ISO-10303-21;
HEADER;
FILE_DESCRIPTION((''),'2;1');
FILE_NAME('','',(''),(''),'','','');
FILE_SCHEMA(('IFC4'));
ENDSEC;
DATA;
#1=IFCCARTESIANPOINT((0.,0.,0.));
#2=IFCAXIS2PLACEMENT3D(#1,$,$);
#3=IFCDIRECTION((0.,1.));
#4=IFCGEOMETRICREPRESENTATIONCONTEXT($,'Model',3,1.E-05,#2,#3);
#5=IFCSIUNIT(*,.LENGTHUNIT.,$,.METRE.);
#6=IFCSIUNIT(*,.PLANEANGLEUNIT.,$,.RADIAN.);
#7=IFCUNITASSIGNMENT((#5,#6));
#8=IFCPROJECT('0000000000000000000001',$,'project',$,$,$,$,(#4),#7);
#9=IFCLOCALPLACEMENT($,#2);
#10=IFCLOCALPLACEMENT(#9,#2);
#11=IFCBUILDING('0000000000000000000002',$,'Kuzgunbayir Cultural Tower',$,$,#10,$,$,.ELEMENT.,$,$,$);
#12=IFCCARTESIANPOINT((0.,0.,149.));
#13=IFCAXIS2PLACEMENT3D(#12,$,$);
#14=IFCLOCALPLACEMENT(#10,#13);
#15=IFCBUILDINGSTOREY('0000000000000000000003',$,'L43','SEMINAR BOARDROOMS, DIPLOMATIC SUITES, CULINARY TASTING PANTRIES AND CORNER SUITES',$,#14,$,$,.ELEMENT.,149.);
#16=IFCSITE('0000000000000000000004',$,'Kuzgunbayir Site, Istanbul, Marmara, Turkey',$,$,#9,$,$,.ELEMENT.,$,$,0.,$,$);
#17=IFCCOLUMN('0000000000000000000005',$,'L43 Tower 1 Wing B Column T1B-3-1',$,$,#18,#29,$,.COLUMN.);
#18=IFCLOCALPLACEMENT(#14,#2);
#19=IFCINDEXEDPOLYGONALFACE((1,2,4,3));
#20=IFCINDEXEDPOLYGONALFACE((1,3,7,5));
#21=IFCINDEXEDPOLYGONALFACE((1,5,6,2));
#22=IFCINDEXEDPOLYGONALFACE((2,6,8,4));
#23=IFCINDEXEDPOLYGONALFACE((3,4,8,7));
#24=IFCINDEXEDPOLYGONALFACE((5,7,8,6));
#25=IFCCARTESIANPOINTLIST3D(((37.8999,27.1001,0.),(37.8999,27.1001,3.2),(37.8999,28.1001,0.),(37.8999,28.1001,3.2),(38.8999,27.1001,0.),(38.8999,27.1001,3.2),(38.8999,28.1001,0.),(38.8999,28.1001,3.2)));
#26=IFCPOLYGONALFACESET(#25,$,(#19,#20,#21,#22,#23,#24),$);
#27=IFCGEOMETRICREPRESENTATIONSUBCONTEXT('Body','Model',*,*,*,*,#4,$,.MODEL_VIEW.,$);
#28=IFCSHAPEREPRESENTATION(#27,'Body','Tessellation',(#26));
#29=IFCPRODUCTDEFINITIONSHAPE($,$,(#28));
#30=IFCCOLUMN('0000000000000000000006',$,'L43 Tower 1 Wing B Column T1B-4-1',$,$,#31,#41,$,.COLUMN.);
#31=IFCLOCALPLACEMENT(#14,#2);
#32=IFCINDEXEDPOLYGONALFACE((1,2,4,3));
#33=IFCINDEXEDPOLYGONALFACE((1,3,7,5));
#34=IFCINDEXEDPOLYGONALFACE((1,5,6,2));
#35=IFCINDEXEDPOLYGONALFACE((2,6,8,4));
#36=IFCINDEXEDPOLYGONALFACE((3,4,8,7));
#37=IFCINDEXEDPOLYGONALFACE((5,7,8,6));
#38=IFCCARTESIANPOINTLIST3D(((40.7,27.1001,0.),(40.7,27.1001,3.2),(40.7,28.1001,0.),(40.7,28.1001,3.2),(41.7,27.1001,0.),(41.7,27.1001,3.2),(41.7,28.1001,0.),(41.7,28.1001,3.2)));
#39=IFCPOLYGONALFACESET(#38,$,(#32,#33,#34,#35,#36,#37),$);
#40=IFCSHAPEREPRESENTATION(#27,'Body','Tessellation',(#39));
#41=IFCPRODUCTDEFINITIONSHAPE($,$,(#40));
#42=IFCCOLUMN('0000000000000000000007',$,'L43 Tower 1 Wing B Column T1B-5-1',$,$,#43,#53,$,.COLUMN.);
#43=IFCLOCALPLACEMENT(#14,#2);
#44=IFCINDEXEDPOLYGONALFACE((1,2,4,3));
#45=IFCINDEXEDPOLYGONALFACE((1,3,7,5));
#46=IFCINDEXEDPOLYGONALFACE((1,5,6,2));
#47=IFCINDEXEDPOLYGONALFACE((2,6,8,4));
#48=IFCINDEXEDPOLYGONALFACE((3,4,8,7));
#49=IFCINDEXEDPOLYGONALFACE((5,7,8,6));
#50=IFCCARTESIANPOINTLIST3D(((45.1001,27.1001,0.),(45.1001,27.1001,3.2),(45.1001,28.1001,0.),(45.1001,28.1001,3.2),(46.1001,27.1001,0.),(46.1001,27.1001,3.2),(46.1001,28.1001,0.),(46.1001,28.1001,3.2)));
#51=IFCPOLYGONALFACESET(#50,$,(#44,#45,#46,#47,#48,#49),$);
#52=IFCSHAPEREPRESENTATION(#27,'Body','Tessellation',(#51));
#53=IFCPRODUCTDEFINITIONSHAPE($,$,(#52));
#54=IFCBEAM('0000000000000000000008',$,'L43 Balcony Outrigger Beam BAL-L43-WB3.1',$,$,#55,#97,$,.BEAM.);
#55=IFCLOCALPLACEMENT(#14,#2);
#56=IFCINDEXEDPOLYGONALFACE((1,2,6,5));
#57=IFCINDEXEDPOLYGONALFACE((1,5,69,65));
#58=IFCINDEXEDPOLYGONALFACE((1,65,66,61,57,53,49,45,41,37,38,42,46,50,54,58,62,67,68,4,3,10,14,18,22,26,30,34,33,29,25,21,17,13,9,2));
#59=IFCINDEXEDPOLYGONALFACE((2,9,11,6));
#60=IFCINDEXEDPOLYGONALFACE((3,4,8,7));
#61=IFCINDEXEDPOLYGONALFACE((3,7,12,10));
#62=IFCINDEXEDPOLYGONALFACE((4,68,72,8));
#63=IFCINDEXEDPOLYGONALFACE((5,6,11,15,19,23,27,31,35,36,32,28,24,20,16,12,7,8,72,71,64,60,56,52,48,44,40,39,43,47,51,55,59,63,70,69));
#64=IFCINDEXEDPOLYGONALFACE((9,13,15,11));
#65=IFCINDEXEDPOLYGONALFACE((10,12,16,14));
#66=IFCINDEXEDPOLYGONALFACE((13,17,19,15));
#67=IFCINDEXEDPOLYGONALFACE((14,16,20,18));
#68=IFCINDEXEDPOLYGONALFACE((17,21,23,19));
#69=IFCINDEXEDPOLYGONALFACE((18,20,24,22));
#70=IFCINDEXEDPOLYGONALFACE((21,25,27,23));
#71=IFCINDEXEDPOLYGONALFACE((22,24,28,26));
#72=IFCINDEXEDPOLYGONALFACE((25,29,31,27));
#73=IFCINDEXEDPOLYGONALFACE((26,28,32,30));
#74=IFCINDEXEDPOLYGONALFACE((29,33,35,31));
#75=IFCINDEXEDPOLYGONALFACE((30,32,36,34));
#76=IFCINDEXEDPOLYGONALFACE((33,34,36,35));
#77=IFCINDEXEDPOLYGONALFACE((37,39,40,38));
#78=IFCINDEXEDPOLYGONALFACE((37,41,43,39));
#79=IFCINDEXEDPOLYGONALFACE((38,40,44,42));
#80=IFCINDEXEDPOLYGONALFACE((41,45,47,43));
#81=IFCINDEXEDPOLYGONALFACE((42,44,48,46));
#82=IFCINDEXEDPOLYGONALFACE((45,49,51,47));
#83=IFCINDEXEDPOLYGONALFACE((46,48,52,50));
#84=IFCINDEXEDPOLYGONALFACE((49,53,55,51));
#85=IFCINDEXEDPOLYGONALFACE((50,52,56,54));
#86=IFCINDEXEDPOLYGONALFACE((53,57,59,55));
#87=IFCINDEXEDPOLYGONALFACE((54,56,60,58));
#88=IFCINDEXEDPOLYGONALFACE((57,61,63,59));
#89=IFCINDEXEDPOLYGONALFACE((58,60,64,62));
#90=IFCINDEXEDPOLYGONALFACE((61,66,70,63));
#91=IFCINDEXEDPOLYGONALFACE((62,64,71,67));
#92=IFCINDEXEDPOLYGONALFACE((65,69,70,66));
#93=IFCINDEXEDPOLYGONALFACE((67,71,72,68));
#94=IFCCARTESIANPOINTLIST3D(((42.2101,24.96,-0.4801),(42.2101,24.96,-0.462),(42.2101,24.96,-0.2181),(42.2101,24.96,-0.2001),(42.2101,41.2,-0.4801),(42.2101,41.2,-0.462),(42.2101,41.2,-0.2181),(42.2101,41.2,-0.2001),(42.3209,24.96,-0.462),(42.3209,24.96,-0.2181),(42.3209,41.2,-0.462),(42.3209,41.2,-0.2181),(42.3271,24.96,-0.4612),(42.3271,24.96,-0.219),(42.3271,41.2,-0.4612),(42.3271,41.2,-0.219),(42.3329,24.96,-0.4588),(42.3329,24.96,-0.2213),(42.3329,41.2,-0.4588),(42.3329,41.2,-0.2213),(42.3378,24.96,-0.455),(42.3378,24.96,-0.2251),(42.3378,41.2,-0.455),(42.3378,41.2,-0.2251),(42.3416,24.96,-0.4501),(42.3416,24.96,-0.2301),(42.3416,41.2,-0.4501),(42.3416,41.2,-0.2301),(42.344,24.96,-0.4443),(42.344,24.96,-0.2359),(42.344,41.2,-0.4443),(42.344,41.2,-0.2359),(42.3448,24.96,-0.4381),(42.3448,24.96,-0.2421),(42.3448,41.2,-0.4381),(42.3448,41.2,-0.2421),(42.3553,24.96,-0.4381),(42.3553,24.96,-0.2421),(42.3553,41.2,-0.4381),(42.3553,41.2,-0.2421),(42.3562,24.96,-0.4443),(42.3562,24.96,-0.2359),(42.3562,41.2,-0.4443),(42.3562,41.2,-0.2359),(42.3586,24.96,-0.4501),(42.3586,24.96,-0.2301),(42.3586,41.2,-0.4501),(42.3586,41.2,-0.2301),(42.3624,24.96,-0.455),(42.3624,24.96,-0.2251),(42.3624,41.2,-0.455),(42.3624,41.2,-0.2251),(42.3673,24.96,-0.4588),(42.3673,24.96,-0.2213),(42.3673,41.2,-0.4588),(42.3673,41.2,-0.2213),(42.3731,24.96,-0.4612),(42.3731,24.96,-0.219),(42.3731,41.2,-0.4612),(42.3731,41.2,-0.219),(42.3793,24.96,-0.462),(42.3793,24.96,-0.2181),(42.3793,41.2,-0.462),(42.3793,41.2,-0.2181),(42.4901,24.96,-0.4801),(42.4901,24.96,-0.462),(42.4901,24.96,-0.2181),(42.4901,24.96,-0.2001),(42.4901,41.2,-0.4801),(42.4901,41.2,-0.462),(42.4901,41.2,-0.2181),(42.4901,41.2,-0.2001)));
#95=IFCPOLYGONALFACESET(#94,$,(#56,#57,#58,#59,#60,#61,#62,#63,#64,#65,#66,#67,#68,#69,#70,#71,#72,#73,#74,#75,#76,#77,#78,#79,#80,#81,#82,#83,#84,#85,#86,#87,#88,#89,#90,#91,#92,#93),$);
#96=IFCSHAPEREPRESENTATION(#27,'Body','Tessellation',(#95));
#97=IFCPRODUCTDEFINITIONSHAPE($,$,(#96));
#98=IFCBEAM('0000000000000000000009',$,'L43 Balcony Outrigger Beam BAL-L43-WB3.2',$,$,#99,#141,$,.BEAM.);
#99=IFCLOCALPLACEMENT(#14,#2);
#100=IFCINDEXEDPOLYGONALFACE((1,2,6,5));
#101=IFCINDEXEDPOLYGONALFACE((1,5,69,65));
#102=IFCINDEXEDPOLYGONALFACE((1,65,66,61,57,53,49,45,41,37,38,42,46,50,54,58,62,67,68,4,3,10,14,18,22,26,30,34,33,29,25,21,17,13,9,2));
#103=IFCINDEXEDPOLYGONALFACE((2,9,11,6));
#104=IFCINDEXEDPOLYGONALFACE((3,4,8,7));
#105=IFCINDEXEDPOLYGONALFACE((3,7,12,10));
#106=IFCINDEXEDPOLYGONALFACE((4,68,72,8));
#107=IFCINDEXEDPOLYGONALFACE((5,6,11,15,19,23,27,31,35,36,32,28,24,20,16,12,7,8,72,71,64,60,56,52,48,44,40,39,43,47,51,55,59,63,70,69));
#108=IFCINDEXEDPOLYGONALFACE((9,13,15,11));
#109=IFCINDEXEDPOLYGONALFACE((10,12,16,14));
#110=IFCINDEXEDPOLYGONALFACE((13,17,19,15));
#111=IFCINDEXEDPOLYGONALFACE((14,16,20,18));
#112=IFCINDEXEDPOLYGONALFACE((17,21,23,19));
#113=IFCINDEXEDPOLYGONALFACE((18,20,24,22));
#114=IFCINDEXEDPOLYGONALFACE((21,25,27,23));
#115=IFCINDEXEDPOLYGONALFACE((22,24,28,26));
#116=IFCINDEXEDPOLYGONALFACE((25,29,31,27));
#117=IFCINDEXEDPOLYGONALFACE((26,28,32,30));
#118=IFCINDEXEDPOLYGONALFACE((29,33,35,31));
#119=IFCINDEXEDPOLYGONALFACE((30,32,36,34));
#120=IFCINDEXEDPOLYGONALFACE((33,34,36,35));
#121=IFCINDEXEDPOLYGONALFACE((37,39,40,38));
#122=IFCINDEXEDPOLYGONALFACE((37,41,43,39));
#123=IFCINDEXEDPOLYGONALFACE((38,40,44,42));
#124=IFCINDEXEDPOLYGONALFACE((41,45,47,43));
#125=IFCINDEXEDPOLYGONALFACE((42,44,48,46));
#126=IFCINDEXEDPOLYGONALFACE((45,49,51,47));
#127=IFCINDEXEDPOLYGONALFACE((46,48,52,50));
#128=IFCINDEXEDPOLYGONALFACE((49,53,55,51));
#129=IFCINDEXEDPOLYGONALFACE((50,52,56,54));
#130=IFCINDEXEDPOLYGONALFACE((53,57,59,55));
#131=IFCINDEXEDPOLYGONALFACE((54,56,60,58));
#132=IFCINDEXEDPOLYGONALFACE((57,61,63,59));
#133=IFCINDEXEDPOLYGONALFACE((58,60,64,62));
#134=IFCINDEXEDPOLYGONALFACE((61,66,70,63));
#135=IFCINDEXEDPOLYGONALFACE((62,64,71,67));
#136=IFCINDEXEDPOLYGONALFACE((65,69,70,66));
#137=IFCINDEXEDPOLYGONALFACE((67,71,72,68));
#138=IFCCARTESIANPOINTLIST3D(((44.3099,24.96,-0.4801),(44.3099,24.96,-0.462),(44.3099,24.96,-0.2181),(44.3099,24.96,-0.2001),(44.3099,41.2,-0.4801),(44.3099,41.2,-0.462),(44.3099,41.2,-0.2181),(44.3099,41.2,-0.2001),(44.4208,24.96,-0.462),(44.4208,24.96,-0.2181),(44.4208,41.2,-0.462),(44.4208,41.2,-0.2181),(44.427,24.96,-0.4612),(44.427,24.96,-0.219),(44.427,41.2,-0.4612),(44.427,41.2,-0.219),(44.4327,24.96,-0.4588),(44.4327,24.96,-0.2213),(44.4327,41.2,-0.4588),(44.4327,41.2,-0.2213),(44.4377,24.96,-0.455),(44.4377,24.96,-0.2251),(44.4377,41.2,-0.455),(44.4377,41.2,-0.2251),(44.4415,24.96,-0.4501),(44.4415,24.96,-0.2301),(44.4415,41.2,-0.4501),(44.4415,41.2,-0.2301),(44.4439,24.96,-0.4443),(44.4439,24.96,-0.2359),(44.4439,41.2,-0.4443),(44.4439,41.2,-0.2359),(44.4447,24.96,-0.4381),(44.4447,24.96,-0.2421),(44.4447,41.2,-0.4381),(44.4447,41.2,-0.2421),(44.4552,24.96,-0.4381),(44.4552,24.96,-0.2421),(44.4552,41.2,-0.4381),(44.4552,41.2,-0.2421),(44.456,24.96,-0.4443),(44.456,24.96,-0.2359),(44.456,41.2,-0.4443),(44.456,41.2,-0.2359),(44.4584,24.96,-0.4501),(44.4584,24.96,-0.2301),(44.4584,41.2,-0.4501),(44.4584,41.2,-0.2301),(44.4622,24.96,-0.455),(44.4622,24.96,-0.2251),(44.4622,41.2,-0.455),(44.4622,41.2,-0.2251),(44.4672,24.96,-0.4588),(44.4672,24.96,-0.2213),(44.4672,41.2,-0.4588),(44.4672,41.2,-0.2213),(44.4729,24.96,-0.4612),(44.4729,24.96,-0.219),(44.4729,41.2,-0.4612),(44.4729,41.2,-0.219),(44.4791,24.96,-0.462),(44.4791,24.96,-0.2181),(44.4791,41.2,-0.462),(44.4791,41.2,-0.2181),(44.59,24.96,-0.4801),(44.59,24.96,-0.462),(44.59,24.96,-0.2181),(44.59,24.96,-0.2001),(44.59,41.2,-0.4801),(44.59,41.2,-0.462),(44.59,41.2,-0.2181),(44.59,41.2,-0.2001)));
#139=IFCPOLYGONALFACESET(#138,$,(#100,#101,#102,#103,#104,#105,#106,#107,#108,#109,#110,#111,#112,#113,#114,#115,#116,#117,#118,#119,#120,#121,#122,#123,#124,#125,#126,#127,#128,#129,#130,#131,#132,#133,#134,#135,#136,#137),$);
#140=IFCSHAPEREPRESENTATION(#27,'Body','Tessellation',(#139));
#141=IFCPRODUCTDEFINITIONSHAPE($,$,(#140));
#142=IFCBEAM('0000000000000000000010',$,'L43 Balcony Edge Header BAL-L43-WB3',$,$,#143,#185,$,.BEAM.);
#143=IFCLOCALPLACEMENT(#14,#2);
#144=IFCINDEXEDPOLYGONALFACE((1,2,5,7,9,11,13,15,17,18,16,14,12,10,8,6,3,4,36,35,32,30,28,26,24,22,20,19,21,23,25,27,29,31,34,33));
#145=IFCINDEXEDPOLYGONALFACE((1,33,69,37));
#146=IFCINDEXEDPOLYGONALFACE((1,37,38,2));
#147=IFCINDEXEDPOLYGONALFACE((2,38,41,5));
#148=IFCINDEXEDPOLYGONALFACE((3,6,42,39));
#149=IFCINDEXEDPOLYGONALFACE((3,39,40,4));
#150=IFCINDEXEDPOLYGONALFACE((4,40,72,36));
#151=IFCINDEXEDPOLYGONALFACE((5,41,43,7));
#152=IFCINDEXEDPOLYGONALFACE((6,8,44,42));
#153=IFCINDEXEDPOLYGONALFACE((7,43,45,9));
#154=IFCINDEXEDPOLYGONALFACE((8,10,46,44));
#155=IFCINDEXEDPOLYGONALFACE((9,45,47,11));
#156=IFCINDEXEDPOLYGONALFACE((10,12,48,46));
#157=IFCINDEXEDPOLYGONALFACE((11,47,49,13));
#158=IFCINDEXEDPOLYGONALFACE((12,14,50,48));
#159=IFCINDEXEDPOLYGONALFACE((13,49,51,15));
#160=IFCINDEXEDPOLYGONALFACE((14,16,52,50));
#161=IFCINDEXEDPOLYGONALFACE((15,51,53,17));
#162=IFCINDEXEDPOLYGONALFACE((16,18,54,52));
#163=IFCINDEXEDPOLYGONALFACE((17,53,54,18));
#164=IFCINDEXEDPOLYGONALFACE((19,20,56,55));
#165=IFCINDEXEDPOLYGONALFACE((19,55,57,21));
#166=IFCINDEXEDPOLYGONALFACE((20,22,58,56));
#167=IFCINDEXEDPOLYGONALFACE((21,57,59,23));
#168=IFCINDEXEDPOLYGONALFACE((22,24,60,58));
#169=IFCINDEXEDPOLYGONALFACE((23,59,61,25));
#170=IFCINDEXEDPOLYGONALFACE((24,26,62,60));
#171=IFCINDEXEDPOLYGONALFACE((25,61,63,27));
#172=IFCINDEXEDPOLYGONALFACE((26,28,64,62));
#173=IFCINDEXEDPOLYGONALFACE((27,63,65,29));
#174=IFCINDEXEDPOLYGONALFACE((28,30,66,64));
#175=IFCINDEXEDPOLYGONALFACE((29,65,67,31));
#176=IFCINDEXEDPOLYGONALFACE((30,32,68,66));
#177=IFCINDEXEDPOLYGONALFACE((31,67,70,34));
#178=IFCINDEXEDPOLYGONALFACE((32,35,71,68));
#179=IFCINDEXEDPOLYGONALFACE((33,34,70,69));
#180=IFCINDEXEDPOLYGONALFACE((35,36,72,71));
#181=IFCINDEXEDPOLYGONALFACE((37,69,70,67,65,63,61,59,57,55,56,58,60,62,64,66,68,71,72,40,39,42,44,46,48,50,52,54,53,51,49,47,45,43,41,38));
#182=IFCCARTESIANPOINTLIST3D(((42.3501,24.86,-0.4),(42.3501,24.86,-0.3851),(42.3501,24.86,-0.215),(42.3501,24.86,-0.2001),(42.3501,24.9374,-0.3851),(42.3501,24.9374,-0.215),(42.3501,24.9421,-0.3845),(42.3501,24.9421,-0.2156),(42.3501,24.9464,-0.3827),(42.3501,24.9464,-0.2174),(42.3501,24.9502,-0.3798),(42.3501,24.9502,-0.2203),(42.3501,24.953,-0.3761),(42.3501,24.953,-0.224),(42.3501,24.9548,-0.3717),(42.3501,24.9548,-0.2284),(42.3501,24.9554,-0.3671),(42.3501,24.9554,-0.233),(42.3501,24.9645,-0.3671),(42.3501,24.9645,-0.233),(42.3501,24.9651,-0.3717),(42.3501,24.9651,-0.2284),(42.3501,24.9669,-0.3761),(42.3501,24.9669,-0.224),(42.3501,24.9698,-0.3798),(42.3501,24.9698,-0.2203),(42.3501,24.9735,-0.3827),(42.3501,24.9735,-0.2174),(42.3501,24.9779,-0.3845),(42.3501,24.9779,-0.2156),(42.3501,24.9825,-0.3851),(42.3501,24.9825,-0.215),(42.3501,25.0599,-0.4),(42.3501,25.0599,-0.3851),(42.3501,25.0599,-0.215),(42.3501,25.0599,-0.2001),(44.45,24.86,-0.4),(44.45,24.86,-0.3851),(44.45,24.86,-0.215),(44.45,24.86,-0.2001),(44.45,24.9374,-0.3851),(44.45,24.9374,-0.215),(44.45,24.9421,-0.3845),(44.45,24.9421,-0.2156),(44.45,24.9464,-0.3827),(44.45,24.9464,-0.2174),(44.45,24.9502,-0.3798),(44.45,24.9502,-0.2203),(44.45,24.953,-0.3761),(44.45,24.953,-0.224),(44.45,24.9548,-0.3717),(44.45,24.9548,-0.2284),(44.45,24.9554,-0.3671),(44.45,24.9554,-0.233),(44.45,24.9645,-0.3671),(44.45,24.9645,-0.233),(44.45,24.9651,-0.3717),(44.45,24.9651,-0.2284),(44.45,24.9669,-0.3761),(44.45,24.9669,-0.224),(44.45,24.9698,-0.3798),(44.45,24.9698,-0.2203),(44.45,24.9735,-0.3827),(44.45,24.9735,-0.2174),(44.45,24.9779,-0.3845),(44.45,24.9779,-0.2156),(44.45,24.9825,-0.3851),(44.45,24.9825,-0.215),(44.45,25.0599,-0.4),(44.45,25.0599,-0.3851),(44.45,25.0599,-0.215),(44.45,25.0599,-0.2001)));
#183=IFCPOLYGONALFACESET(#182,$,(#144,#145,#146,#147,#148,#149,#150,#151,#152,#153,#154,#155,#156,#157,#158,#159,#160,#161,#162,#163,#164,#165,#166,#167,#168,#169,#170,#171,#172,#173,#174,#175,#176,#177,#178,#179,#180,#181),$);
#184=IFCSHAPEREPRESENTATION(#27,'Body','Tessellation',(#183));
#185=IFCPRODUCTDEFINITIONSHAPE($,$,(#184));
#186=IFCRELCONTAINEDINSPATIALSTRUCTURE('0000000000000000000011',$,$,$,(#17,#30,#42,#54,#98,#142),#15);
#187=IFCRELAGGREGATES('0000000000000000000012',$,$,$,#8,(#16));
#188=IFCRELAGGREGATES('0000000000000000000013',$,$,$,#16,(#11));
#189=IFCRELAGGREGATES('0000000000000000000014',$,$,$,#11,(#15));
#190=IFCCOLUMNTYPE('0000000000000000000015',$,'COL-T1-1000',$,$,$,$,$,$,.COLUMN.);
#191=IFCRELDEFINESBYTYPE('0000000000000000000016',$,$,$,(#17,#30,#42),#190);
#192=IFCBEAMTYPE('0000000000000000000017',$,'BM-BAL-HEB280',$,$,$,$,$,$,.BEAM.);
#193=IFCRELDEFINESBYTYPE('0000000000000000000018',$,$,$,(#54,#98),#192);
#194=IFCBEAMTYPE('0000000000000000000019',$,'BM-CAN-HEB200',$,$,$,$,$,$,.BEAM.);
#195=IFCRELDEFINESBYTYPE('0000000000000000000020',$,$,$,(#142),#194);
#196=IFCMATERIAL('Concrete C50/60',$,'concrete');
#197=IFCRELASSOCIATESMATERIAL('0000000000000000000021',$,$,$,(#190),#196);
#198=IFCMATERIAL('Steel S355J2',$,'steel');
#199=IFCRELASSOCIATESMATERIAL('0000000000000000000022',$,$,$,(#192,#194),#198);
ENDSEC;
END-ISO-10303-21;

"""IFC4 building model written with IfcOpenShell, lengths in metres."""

from ifc_helpers import new_model, si_unit, direction, frame, origin, origin_2d, place, context, subcontext, project, spatial, rectangle, i_section, extrude, material, material_profile, profile_set, type_object, element, save


model = new_model("IFC4")

# Units and contexts
model_context = context("Model", 3, precision=1e-05, world=origin(), true_north=direction((0.0, 1.0)))
body_context = subcontext(model_context, "Body", "Model", "MODEL_VIEW")
ifc_project = project(units=[si_unit("LENGTHUNIT", "METRE"), si_unit("PLANEANGLEUNIT", "RADIAN")], contexts=[model_context])

# Site, building, storey
site_placement = place(None, origin())
site = spatial("IfcSite", under=ifc_project, at=site_placement, Name="Kuzgunbayir Site, Istanbul, Marmara, Turkey", CompositionType="ELEMENT", RefElevation=0.0)
building_placement = place(site_placement, origin())
building = spatial("IfcBuilding", under=site, at=building_placement, Name="Kuzgunbayir Cultural Tower", CompositionType="ELEMENT")
storey_placement = place(building_placement, frame((0.0, 0.0, 149.0)))
storey = spatial("IfcBuildingStorey", under=building, at=storey_placement, Name="L43", Description="SEMINAR BOARDROOMS, DIPLOMATIC SUITES, CULINARY TASTING PANTRIES AND CORNER SUITES", CompositionType="ELEMENT", Elevation=149.0)

# Columns
ifc_material_1 = material(Name="Concrete C50/60", Category="concrete")
ifc_material_profile_1 = material_profile(ifc_material_1, rectangle(XDim=1.0, YDim=1.0, at=origin_2d()), Name="RC 1000x1000")
ifc_profile_set_1 = profile_set([ifc_material_profile_1], Name="Concrete C50/60")
column_type = type_object("IfcColumnType", Name="COL-T1-1000", PredefinedType="COLUMN", material=ifc_profile_set_1)
for number, where, z_axis, x_axis, name in (
    (1, (38.3999, 27.6001, 0.0), (0.0, 0.0, 1.0), (1.0, 0.0, 0.0), "L43 Tower 1 Wing B Column T1B-3-1"),
    (2, (41.2, 27.6001, 0.0), (0.0, 0.0, 1.0), (1.0, 0.0, 0.0), "L43 Tower 1 Wing B Column T1B-4-1"),
    (3, (45.6001, 27.6001, 0.0), (0.0, 0.0, 1.0), (1.0, 0.0, 0.0), "L43 Tower 1 Wing B Column T1B-5-1"),
):
    element("IfcColumn", number, at=place(storey_placement, frame(where, z_axis=z_axis, x_axis=x_axis)), inside=storey, type_object=column_type, Name=name, PredefinedType="COLUMN", context=body_context, shape_type="SweptSolid", body=[
        extrude(rectangle(XDim=1.0, YDim=1.0, at=origin_2d()), origin(), (0.0, 0.0, 1.0), 3.2),
    ])

# Beams
ifc_material_2 = material(Name="Steel S355J2", Category="steel")
ifc_material_profile_2 = material_profile(ifc_material_2, i_section(OverallWidth=0.28, OverallDepth=0.28, WebThickness=0.0105, FlangeThickness=0.0181, FilletRadius=0.0239, at=origin_2d()), Name="HEB 280")
ifc_profile_set_2 = profile_set([ifc_material_profile_2], Name="Steel S355J2")
beam_type_1 = type_object("IfcBeamType", Name="BM-BAL-HEB280", PredefinedType="BEAM", material=ifc_profile_set_2)
for number, where, z_axis, x_axis, name in (
    (4, (42.3501, 24.96, -0.3401), (0.0, 1.0, 0.0), (-1.0, 0.0, 0.0), "L43 Balcony Outrigger Beam BAL-L43-WB3.1"),
    (5, (44.45, 24.96, -0.3401), (0.0, 1.0, 0.0), (-1.0, 0.0, 0.0), "L43 Balcony Outrigger Beam BAL-L43-WB3.2"),
):
    element("IfcBeam", number, at=place(storey_placement, frame(where, z_axis=z_axis, x_axis=x_axis)), inside=storey, type_object=beam_type_1, Name=name, PredefinedType="BEAM", context=body_context, shape_type="SweptSolid", body=[
        extrude(i_section(OverallWidth=0.28, OverallDepth=0.28, WebThickness=0.0105, FlangeThickness=0.0181, FilletRadius=0.0239, at=origin_2d()), origin(), (0.0, 0.0, 1.0), 16.24),
    ])
ifc_material_profile_3 = material_profile(ifc_material_2, i_section(OverallWidth=0.2, OverallDepth=0.2, WebThickness=0.009, FlangeThickness=0.0149, FilletRadius=0.0181, at=origin_2d()), Name="HEB 200")
ifc_profile_set_3 = profile_set([ifc_material_profile_3], Name="Steel S355J2")
beam_type_2 = type_object("IfcBeamType", Name="BM-CAN-HEB200", PredefinedType="BEAM", material=ifc_profile_set_3)
beam_1_placement = place(storey_placement, frame((42.3501, 24.96, -0.3), z_axis=(1.0, 0.0, 0.0), x_axis=(0.0, 1.0, 0.0)))
element("IfcBeam", 6, at=beam_1_placement, inside=storey, type_object=beam_type_2, Name="L43 Balcony Edge Header BAL-L43-WB3", PredefinedType="BEAM", context=body_context, shape_type="SweptSolid", body=[
    extrude(i_section(OverallWidth=0.2, OverallDepth=0.2, WebThickness=0.009, FlangeThickness=0.0149, FilletRadius=0.0181, at=origin_2d()), origin(), (0.0, 0.0, 1.0), 2.0999),
])

save(model, "model.ifc")
